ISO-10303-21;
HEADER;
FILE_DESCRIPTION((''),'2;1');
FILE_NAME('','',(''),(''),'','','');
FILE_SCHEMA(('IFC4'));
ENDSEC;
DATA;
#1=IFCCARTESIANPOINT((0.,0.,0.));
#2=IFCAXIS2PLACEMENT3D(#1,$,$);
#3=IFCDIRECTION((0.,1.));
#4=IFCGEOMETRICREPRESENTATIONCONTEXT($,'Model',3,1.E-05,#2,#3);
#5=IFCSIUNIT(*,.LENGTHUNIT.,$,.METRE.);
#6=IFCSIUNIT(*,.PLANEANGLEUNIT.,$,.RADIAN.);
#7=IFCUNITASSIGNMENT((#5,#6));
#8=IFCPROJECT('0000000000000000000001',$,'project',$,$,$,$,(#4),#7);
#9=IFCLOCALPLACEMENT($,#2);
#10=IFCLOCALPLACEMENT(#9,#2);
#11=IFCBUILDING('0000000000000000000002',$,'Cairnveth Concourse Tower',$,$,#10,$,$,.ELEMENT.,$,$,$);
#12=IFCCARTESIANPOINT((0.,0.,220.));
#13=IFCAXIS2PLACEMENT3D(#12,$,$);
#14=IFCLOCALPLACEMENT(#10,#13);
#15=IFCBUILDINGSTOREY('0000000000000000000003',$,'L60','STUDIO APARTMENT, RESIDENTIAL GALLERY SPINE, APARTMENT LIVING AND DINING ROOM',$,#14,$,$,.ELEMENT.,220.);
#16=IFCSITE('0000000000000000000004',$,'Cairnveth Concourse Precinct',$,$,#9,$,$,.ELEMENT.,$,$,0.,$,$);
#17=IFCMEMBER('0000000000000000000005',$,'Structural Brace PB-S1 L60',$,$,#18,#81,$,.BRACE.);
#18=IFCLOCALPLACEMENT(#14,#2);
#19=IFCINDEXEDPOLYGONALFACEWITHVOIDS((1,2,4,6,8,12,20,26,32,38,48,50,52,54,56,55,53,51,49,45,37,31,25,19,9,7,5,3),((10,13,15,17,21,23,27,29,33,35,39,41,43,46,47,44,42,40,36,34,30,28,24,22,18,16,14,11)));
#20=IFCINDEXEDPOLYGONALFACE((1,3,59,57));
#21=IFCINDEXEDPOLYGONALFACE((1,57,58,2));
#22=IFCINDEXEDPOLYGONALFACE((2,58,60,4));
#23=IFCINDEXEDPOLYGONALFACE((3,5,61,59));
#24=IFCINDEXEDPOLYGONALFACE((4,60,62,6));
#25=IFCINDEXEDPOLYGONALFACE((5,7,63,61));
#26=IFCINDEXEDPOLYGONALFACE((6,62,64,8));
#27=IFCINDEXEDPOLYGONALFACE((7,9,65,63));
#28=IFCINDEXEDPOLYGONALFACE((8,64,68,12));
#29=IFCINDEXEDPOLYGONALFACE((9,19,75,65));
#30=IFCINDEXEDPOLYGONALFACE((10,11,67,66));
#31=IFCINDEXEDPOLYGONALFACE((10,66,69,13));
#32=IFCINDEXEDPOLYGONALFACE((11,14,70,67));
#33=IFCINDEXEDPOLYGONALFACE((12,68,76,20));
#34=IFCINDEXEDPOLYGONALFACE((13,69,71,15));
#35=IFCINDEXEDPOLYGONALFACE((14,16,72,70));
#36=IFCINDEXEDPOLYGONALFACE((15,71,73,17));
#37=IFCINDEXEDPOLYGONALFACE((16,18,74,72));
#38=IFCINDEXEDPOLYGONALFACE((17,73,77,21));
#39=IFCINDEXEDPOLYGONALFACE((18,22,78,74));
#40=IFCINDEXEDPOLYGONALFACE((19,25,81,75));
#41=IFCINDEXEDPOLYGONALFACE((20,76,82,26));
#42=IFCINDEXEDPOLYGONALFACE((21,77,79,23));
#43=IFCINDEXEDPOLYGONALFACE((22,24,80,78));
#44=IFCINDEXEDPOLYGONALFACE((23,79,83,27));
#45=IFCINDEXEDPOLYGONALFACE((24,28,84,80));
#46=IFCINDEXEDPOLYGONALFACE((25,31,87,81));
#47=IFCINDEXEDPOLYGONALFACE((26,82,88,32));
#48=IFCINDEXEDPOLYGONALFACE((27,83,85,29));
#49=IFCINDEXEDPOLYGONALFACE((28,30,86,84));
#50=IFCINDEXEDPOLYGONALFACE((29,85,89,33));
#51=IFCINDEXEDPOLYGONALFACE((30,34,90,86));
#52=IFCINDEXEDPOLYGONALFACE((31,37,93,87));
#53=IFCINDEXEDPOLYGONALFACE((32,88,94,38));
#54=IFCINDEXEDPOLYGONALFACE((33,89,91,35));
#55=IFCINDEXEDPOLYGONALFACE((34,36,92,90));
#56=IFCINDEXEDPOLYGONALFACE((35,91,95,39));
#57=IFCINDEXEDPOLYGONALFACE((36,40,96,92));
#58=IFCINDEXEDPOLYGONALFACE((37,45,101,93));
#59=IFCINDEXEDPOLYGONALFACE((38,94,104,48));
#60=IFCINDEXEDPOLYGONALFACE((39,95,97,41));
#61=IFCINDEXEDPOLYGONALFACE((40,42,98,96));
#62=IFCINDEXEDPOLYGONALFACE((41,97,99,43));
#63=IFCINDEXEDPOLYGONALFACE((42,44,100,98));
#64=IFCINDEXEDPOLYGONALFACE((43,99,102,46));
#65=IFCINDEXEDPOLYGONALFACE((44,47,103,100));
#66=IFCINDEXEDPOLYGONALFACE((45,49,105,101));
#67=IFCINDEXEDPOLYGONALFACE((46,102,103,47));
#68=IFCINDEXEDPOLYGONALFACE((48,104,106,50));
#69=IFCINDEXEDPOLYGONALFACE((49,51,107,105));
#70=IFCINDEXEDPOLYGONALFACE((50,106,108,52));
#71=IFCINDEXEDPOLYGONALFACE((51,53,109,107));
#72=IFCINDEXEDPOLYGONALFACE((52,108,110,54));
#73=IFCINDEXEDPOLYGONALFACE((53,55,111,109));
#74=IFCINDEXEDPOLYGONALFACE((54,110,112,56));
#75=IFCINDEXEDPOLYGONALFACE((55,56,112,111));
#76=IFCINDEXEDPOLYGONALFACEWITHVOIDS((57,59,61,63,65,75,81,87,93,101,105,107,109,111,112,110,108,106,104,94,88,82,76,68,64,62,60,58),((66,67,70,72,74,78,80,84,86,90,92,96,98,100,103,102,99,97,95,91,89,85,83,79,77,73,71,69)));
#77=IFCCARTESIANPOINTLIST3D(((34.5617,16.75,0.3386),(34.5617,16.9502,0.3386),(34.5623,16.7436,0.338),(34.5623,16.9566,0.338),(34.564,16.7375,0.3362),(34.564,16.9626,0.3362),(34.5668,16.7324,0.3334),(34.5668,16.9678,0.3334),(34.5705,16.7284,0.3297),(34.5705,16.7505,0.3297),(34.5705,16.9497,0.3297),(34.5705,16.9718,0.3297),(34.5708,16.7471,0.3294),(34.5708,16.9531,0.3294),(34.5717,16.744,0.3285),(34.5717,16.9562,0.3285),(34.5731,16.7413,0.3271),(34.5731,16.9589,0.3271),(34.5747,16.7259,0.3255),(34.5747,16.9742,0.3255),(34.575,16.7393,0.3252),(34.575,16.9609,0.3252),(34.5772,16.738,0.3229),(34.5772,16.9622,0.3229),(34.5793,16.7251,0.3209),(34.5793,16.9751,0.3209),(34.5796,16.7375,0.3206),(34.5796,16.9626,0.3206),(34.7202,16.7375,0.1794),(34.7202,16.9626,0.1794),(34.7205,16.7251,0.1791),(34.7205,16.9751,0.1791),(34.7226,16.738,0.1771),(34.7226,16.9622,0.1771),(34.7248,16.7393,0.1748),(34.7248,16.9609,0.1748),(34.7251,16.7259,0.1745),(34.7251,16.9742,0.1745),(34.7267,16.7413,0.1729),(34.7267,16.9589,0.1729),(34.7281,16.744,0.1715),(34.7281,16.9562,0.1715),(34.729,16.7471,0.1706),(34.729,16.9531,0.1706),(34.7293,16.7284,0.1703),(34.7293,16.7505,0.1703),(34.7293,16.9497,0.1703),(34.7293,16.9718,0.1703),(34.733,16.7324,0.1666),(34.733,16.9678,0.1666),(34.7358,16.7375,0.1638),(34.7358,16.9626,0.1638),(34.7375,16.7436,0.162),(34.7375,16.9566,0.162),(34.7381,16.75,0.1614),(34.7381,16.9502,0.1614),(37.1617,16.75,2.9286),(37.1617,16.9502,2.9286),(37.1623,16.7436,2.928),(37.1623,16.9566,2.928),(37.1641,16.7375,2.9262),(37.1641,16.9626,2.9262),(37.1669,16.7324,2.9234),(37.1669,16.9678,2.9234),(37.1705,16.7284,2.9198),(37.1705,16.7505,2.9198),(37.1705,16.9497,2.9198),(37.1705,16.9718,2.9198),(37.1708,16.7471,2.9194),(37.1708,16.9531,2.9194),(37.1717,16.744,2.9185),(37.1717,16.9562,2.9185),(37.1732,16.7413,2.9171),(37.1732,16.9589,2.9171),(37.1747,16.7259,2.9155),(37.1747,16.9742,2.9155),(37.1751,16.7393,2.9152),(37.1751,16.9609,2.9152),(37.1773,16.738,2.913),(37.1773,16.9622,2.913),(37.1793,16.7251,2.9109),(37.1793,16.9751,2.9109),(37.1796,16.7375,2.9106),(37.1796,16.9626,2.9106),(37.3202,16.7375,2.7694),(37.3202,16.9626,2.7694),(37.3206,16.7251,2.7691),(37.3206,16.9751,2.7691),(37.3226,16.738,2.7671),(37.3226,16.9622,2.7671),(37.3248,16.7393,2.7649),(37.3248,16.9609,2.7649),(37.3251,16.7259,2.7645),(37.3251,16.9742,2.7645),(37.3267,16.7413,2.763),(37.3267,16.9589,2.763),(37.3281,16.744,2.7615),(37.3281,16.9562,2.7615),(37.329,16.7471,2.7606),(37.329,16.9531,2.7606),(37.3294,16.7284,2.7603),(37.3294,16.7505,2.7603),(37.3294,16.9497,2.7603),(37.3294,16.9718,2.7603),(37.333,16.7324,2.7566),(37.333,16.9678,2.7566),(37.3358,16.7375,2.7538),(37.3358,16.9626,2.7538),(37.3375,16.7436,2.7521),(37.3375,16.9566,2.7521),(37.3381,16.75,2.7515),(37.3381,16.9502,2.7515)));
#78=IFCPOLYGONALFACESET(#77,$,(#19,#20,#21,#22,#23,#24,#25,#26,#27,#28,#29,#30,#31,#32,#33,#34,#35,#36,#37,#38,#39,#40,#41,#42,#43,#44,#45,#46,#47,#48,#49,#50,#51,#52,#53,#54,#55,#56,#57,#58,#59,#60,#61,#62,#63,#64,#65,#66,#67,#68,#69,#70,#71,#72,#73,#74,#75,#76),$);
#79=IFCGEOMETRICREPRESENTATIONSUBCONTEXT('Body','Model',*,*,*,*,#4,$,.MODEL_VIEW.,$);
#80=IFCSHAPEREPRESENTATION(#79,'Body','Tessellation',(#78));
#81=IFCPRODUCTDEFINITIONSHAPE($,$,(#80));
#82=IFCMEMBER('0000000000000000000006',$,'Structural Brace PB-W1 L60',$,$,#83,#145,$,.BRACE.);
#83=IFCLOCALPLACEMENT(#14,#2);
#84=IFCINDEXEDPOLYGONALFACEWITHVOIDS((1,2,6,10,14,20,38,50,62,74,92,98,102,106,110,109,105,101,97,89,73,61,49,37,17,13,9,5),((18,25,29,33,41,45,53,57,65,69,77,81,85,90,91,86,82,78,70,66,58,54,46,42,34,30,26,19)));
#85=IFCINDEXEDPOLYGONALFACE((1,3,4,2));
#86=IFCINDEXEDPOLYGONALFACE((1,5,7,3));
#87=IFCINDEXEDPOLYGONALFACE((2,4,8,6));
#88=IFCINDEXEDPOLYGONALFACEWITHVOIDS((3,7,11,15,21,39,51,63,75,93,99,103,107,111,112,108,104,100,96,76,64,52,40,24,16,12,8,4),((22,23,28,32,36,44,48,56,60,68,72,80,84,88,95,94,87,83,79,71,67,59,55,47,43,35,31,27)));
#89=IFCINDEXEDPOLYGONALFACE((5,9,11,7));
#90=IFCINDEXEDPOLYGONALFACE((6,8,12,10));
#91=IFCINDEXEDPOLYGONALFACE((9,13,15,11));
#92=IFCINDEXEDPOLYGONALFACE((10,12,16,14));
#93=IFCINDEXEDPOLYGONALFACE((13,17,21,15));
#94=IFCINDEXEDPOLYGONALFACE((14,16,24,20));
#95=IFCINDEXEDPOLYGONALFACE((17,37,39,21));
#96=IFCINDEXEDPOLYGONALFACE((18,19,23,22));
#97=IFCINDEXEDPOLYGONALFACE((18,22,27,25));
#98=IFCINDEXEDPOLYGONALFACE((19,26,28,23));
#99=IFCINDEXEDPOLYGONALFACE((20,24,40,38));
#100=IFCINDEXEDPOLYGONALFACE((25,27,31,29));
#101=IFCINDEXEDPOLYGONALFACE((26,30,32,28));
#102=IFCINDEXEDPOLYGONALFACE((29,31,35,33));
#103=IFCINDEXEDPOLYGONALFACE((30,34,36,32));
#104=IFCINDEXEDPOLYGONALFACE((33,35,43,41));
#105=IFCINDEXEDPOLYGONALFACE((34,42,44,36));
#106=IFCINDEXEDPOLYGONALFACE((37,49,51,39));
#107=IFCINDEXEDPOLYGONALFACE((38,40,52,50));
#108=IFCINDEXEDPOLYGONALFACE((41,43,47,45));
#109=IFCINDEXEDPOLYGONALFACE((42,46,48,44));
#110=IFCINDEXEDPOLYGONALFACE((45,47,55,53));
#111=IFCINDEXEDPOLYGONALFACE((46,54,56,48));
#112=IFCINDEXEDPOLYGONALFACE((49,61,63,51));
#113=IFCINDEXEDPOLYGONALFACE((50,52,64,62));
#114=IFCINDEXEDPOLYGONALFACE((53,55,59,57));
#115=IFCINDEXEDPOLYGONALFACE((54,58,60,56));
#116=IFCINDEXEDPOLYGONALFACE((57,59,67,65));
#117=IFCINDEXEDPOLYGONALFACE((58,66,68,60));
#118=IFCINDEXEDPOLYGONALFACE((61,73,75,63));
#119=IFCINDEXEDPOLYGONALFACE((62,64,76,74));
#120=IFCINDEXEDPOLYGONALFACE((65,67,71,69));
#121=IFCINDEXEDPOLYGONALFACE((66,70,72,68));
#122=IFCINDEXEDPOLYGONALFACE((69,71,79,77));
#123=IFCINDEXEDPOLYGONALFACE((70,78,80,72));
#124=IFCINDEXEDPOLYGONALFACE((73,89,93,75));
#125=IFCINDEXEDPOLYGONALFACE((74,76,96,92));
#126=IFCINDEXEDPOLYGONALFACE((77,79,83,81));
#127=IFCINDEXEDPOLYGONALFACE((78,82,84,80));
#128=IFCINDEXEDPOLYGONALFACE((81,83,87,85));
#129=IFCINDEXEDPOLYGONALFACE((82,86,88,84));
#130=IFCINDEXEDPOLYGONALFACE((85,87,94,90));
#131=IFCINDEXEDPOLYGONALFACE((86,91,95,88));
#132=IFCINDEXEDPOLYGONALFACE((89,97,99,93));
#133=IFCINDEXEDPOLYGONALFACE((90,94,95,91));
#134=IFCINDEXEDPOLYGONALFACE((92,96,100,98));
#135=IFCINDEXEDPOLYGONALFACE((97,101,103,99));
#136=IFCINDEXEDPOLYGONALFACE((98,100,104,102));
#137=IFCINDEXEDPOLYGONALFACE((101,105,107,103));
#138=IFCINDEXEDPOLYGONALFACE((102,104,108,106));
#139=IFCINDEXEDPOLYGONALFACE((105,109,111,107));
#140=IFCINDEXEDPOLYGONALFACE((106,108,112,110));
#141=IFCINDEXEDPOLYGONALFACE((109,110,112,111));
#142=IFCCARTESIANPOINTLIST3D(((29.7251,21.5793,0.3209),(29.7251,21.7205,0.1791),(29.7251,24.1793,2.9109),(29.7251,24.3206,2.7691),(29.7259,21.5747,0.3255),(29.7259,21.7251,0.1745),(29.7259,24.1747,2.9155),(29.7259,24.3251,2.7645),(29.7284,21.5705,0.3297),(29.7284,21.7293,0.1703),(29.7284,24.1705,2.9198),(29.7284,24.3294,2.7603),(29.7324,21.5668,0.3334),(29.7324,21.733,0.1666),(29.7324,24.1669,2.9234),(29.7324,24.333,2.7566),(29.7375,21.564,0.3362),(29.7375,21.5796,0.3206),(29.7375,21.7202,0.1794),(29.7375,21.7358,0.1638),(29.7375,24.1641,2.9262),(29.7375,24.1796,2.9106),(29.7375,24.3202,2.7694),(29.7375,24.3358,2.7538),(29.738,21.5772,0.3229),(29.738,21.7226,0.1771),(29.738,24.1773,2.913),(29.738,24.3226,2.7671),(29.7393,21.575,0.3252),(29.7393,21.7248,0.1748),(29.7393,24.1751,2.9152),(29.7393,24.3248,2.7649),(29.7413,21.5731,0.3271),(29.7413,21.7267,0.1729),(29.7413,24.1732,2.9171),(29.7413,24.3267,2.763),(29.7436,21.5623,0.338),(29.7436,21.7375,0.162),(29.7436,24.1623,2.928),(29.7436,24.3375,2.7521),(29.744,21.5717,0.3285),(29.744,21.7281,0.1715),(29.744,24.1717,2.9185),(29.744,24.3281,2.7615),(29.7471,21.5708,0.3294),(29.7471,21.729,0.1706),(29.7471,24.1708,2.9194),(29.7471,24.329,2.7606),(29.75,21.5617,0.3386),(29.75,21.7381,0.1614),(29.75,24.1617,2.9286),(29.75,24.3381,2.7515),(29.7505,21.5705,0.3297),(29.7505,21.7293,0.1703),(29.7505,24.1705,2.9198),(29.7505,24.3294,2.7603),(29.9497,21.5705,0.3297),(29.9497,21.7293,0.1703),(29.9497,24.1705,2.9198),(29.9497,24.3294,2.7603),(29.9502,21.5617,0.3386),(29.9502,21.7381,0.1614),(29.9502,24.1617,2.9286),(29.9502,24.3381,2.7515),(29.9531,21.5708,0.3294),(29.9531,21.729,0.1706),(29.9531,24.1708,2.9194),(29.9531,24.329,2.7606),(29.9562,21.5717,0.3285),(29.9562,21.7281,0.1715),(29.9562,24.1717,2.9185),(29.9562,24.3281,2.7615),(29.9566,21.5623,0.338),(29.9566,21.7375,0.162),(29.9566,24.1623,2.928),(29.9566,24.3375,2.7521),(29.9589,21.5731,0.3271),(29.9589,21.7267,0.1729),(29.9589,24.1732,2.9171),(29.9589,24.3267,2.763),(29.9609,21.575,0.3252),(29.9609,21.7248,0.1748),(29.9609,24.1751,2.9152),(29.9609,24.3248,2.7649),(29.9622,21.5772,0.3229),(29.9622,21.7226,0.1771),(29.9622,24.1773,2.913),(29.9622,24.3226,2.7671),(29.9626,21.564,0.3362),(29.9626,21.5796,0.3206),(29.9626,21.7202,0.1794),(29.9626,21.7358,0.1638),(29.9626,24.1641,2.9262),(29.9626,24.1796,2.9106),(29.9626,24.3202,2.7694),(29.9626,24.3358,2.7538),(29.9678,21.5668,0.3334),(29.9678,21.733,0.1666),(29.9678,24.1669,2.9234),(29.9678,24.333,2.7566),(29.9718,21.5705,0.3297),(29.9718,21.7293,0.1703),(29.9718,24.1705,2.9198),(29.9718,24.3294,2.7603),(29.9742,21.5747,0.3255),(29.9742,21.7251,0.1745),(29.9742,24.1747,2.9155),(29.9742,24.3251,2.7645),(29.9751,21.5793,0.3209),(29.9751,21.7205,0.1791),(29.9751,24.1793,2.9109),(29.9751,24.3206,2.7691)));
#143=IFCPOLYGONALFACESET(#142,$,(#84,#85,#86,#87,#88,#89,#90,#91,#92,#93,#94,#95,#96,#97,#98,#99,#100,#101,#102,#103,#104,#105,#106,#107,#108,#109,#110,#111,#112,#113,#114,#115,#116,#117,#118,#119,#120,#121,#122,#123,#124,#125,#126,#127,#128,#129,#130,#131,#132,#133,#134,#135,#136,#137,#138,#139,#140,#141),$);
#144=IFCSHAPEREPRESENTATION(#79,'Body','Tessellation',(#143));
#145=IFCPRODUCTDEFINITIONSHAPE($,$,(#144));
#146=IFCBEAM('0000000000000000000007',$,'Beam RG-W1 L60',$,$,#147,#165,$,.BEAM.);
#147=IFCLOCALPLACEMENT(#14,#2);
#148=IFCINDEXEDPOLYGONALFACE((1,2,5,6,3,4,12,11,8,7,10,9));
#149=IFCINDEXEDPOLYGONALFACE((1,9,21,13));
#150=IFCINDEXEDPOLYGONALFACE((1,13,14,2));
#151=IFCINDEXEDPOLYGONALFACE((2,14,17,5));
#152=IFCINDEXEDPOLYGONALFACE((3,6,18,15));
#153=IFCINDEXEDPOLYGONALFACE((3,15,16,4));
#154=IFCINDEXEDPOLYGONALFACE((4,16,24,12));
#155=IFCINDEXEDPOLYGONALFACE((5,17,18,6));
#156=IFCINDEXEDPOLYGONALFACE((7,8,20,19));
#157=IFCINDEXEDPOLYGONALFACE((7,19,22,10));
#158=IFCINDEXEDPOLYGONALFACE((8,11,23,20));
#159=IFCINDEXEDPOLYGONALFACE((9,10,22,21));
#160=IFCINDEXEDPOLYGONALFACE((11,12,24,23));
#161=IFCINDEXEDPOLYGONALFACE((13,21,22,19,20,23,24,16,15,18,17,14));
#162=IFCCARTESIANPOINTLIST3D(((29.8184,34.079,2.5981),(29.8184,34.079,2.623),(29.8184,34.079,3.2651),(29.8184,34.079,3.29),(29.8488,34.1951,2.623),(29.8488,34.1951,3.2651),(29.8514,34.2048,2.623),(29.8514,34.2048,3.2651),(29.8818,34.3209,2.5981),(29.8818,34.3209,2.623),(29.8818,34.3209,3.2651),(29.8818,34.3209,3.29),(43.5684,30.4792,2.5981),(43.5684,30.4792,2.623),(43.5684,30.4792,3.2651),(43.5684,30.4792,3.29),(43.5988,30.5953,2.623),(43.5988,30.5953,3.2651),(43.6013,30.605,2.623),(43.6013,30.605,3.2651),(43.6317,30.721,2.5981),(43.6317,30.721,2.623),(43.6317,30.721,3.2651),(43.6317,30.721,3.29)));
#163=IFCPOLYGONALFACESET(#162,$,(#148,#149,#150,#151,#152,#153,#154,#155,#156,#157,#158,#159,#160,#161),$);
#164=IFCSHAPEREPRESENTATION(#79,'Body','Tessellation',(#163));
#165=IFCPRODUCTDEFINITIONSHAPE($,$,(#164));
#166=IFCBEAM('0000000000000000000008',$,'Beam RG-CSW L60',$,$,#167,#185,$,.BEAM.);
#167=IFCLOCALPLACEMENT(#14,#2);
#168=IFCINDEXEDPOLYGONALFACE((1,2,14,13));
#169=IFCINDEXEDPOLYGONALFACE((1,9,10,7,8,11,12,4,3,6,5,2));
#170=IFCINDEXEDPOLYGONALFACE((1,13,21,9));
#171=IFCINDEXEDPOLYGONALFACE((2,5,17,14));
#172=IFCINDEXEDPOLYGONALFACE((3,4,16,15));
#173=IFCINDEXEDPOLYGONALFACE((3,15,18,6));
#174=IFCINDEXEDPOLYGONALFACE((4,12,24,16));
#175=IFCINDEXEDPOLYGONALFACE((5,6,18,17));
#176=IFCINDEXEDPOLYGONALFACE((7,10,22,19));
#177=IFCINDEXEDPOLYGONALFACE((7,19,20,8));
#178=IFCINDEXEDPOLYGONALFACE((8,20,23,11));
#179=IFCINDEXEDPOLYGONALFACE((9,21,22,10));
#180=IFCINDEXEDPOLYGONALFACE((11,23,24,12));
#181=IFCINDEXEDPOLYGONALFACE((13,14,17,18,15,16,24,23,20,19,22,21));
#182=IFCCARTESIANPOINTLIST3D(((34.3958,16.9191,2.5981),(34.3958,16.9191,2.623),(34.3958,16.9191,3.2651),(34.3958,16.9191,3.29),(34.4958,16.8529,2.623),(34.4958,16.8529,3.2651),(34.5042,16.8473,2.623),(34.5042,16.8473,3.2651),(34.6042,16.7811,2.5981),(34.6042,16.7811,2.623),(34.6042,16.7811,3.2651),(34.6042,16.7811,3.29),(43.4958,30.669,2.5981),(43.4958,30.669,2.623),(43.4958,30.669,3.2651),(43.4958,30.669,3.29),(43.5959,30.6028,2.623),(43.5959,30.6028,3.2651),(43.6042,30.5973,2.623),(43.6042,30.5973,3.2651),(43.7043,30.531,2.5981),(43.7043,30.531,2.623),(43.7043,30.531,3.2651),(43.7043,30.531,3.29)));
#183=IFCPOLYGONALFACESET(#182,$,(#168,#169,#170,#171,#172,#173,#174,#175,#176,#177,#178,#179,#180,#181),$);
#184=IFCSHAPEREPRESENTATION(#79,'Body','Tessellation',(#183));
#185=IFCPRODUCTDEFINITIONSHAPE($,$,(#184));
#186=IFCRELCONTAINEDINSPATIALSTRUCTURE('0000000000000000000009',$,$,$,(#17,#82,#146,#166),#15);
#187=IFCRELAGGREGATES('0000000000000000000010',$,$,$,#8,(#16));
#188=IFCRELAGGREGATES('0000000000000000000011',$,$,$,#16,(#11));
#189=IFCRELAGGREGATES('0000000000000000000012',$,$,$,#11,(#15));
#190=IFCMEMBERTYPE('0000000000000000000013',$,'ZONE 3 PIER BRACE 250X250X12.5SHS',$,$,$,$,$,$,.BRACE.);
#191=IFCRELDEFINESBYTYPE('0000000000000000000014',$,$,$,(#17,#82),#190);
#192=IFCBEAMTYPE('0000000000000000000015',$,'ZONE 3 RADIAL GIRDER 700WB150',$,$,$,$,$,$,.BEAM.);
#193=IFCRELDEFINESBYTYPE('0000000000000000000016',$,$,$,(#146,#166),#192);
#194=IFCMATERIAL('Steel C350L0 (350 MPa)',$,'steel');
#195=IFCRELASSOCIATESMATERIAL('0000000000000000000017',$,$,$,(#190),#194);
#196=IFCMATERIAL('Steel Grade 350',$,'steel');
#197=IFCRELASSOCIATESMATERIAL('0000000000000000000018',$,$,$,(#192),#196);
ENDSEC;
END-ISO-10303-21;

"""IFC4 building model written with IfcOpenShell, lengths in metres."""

from ifc_helpers import new_model, si_unit, direction, frame, origin, origin_2d, place, context, subcontext, project, spatial, hollow_rectangle, i_section, extrude, material, material_profile, profile_set, type_object, element, save


model = new_model("IFC4")

# Units and contexts
model_context = context("Model", 3, precision=1e-05, world=origin(), true_north=direction((0.0, 1.0)))
body_context = subcontext(model_context, "Body", "Model", "MODEL_VIEW")
ifc_project = project(units=[si_unit("LENGTHUNIT", "METRE"), si_unit("PLANEANGLEUNIT", "RADIAN")], contexts=[model_context])

# Site, building, storey
site_placement = place(None, origin())
site = spatial("IfcSite", under=ifc_project, at=site_placement, Name="Cairnveth Concourse Precinct", CompositionType="ELEMENT", RefElevation=0.0)
building_placement = place(site_placement, origin())
building = spatial("IfcBuilding", under=site, at=building_placement, Name="Cairnveth Concourse Tower", CompositionType="ELEMENT")
storey_placement = place(building_placement, frame((0.0, 0.0, 220.0)))
storey = spatial("IfcBuildingStorey", under=building, at=storey_placement, Name="L60", Description="STUDIO APARTMENT, RESIDENTIAL GALLERY SPINE, APARTMENT LIVING AND DINING ROOM", CompositionType="ELEMENT", Elevation=220.0)

# Shared definitions
ifc_material_1 = material(Name="Steel Grade 350", Category="steel")

# Members
ifc_material_2 = material(Name="Steel C350L0 (350 MPa)", Category="steel")
ifc_material_profile_1 = material_profile(ifc_material_2, hollow_rectangle(XDim=0.25, YDim=0.25, WallThickness=0.0125, InnerFilletRadius=0.0129, OuterFilletRadius=0.0249, at=origin_2d()), Name="250x250x12.5SHS")
ifc_profile_set_1 = profile_set([ifc_material_profile_1], Name="Steel C350L0 (350 MPa)")
member_type = type_object("IfcMemberType", Name="ZONE 3 PIER BRACE 250X250X12.5SHS", PredefinedType="BRACE", material=ifc_profile_set_1)
for number, where, z_axis, x_axis, name in (
    (1, (34.6499, 16.8501, 0.25), (0.708469, 0.0, 0.705742), (0.0, 1.0, 0.0), "Structural Brace PB-S1 L60"),
    (2, (29.8501, 21.6499, 0.25), (0.0, 0.708469, 0.705742), (-1.0, 0.0, 0.0), "Structural Brace PB-W1 L60"),
):
    element("IfcMember", number, at=place(storey_placement, frame(where, z_axis=z_axis, x_axis=x_axis)), inside=storey, type_object=member_type, Name=name, PredefinedType="BRACE", context=body_context, shape_type="SweptSolid", body=[
        extrude(hollow_rectangle(XDim=0.25, YDim=0.25, WallThickness=0.0125, InnerFilletRadius=0.0129, OuterFilletRadius=0.0249, at=origin_2d()), origin(), (0.0, 0.0, 1.0), 3.6699),
    ])

# Beams
ifc_material_profile_2 = material_profile(ifc_material_1, i_section(OverallWidth=0.25, OverallDepth=0.6919, WebThickness=0.01, FlangeThickness=0.0249, at=origin_2d()), Name="700WB150")
ifc_profile_set_2 = profile_set([ifc_material_profile_2], Name="Steel Grade 350")
beam_type_1 = type_object("IfcBeamType", Name="ZONE 3 RADIAL GIRDER 700WB150", PredefinedType="BEAM", material=ifc_profile_set_2)
beam_1_placement = place(storey_placement, frame((29.8501, 34.2, 2.9441), z_axis=(0.967395, -0.253271, 0.0), x_axis=(0.253271, 0.967395, 0.0)))
element("IfcBeam", 3, at=beam_1_placement, inside=storey, type_object=beam_type_1, Name="Beam RG-W1 L60", PredefinedType="BEAM", context=body_context, shape_type="SweptSolid", body=[
    extrude(i_section(OverallWidth=0.25, OverallDepth=0.6919, WebThickness=0.01, FlangeThickness=0.0249, at=origin_2d()), origin(), (0.0, 0.0, 1.0), 14.2134),
])
beam_2_placement = place(storey_placement, frame((34.5, 16.8501, 2.9441), z_axis=(0.551902, 0.833909, 0.0), x_axis=(-0.833909, 0.551902, 0.0)))
element("IfcBeam", 4, at=beam_2_placement, inside=storey, type_object=beam_type_1, Name="Beam RG-CSW L60", PredefinedType="BEAM", context=body_context, shape_type="SweptSolid", body=[
    extrude(i_section(OverallWidth=0.25, OverallDepth=0.6919, WebThickness=0.01, FlangeThickness=0.0249, at=origin_2d()), origin(), (0.0, 0.0, 1.0), 16.4885),
])

save(model, "model.ifc")
